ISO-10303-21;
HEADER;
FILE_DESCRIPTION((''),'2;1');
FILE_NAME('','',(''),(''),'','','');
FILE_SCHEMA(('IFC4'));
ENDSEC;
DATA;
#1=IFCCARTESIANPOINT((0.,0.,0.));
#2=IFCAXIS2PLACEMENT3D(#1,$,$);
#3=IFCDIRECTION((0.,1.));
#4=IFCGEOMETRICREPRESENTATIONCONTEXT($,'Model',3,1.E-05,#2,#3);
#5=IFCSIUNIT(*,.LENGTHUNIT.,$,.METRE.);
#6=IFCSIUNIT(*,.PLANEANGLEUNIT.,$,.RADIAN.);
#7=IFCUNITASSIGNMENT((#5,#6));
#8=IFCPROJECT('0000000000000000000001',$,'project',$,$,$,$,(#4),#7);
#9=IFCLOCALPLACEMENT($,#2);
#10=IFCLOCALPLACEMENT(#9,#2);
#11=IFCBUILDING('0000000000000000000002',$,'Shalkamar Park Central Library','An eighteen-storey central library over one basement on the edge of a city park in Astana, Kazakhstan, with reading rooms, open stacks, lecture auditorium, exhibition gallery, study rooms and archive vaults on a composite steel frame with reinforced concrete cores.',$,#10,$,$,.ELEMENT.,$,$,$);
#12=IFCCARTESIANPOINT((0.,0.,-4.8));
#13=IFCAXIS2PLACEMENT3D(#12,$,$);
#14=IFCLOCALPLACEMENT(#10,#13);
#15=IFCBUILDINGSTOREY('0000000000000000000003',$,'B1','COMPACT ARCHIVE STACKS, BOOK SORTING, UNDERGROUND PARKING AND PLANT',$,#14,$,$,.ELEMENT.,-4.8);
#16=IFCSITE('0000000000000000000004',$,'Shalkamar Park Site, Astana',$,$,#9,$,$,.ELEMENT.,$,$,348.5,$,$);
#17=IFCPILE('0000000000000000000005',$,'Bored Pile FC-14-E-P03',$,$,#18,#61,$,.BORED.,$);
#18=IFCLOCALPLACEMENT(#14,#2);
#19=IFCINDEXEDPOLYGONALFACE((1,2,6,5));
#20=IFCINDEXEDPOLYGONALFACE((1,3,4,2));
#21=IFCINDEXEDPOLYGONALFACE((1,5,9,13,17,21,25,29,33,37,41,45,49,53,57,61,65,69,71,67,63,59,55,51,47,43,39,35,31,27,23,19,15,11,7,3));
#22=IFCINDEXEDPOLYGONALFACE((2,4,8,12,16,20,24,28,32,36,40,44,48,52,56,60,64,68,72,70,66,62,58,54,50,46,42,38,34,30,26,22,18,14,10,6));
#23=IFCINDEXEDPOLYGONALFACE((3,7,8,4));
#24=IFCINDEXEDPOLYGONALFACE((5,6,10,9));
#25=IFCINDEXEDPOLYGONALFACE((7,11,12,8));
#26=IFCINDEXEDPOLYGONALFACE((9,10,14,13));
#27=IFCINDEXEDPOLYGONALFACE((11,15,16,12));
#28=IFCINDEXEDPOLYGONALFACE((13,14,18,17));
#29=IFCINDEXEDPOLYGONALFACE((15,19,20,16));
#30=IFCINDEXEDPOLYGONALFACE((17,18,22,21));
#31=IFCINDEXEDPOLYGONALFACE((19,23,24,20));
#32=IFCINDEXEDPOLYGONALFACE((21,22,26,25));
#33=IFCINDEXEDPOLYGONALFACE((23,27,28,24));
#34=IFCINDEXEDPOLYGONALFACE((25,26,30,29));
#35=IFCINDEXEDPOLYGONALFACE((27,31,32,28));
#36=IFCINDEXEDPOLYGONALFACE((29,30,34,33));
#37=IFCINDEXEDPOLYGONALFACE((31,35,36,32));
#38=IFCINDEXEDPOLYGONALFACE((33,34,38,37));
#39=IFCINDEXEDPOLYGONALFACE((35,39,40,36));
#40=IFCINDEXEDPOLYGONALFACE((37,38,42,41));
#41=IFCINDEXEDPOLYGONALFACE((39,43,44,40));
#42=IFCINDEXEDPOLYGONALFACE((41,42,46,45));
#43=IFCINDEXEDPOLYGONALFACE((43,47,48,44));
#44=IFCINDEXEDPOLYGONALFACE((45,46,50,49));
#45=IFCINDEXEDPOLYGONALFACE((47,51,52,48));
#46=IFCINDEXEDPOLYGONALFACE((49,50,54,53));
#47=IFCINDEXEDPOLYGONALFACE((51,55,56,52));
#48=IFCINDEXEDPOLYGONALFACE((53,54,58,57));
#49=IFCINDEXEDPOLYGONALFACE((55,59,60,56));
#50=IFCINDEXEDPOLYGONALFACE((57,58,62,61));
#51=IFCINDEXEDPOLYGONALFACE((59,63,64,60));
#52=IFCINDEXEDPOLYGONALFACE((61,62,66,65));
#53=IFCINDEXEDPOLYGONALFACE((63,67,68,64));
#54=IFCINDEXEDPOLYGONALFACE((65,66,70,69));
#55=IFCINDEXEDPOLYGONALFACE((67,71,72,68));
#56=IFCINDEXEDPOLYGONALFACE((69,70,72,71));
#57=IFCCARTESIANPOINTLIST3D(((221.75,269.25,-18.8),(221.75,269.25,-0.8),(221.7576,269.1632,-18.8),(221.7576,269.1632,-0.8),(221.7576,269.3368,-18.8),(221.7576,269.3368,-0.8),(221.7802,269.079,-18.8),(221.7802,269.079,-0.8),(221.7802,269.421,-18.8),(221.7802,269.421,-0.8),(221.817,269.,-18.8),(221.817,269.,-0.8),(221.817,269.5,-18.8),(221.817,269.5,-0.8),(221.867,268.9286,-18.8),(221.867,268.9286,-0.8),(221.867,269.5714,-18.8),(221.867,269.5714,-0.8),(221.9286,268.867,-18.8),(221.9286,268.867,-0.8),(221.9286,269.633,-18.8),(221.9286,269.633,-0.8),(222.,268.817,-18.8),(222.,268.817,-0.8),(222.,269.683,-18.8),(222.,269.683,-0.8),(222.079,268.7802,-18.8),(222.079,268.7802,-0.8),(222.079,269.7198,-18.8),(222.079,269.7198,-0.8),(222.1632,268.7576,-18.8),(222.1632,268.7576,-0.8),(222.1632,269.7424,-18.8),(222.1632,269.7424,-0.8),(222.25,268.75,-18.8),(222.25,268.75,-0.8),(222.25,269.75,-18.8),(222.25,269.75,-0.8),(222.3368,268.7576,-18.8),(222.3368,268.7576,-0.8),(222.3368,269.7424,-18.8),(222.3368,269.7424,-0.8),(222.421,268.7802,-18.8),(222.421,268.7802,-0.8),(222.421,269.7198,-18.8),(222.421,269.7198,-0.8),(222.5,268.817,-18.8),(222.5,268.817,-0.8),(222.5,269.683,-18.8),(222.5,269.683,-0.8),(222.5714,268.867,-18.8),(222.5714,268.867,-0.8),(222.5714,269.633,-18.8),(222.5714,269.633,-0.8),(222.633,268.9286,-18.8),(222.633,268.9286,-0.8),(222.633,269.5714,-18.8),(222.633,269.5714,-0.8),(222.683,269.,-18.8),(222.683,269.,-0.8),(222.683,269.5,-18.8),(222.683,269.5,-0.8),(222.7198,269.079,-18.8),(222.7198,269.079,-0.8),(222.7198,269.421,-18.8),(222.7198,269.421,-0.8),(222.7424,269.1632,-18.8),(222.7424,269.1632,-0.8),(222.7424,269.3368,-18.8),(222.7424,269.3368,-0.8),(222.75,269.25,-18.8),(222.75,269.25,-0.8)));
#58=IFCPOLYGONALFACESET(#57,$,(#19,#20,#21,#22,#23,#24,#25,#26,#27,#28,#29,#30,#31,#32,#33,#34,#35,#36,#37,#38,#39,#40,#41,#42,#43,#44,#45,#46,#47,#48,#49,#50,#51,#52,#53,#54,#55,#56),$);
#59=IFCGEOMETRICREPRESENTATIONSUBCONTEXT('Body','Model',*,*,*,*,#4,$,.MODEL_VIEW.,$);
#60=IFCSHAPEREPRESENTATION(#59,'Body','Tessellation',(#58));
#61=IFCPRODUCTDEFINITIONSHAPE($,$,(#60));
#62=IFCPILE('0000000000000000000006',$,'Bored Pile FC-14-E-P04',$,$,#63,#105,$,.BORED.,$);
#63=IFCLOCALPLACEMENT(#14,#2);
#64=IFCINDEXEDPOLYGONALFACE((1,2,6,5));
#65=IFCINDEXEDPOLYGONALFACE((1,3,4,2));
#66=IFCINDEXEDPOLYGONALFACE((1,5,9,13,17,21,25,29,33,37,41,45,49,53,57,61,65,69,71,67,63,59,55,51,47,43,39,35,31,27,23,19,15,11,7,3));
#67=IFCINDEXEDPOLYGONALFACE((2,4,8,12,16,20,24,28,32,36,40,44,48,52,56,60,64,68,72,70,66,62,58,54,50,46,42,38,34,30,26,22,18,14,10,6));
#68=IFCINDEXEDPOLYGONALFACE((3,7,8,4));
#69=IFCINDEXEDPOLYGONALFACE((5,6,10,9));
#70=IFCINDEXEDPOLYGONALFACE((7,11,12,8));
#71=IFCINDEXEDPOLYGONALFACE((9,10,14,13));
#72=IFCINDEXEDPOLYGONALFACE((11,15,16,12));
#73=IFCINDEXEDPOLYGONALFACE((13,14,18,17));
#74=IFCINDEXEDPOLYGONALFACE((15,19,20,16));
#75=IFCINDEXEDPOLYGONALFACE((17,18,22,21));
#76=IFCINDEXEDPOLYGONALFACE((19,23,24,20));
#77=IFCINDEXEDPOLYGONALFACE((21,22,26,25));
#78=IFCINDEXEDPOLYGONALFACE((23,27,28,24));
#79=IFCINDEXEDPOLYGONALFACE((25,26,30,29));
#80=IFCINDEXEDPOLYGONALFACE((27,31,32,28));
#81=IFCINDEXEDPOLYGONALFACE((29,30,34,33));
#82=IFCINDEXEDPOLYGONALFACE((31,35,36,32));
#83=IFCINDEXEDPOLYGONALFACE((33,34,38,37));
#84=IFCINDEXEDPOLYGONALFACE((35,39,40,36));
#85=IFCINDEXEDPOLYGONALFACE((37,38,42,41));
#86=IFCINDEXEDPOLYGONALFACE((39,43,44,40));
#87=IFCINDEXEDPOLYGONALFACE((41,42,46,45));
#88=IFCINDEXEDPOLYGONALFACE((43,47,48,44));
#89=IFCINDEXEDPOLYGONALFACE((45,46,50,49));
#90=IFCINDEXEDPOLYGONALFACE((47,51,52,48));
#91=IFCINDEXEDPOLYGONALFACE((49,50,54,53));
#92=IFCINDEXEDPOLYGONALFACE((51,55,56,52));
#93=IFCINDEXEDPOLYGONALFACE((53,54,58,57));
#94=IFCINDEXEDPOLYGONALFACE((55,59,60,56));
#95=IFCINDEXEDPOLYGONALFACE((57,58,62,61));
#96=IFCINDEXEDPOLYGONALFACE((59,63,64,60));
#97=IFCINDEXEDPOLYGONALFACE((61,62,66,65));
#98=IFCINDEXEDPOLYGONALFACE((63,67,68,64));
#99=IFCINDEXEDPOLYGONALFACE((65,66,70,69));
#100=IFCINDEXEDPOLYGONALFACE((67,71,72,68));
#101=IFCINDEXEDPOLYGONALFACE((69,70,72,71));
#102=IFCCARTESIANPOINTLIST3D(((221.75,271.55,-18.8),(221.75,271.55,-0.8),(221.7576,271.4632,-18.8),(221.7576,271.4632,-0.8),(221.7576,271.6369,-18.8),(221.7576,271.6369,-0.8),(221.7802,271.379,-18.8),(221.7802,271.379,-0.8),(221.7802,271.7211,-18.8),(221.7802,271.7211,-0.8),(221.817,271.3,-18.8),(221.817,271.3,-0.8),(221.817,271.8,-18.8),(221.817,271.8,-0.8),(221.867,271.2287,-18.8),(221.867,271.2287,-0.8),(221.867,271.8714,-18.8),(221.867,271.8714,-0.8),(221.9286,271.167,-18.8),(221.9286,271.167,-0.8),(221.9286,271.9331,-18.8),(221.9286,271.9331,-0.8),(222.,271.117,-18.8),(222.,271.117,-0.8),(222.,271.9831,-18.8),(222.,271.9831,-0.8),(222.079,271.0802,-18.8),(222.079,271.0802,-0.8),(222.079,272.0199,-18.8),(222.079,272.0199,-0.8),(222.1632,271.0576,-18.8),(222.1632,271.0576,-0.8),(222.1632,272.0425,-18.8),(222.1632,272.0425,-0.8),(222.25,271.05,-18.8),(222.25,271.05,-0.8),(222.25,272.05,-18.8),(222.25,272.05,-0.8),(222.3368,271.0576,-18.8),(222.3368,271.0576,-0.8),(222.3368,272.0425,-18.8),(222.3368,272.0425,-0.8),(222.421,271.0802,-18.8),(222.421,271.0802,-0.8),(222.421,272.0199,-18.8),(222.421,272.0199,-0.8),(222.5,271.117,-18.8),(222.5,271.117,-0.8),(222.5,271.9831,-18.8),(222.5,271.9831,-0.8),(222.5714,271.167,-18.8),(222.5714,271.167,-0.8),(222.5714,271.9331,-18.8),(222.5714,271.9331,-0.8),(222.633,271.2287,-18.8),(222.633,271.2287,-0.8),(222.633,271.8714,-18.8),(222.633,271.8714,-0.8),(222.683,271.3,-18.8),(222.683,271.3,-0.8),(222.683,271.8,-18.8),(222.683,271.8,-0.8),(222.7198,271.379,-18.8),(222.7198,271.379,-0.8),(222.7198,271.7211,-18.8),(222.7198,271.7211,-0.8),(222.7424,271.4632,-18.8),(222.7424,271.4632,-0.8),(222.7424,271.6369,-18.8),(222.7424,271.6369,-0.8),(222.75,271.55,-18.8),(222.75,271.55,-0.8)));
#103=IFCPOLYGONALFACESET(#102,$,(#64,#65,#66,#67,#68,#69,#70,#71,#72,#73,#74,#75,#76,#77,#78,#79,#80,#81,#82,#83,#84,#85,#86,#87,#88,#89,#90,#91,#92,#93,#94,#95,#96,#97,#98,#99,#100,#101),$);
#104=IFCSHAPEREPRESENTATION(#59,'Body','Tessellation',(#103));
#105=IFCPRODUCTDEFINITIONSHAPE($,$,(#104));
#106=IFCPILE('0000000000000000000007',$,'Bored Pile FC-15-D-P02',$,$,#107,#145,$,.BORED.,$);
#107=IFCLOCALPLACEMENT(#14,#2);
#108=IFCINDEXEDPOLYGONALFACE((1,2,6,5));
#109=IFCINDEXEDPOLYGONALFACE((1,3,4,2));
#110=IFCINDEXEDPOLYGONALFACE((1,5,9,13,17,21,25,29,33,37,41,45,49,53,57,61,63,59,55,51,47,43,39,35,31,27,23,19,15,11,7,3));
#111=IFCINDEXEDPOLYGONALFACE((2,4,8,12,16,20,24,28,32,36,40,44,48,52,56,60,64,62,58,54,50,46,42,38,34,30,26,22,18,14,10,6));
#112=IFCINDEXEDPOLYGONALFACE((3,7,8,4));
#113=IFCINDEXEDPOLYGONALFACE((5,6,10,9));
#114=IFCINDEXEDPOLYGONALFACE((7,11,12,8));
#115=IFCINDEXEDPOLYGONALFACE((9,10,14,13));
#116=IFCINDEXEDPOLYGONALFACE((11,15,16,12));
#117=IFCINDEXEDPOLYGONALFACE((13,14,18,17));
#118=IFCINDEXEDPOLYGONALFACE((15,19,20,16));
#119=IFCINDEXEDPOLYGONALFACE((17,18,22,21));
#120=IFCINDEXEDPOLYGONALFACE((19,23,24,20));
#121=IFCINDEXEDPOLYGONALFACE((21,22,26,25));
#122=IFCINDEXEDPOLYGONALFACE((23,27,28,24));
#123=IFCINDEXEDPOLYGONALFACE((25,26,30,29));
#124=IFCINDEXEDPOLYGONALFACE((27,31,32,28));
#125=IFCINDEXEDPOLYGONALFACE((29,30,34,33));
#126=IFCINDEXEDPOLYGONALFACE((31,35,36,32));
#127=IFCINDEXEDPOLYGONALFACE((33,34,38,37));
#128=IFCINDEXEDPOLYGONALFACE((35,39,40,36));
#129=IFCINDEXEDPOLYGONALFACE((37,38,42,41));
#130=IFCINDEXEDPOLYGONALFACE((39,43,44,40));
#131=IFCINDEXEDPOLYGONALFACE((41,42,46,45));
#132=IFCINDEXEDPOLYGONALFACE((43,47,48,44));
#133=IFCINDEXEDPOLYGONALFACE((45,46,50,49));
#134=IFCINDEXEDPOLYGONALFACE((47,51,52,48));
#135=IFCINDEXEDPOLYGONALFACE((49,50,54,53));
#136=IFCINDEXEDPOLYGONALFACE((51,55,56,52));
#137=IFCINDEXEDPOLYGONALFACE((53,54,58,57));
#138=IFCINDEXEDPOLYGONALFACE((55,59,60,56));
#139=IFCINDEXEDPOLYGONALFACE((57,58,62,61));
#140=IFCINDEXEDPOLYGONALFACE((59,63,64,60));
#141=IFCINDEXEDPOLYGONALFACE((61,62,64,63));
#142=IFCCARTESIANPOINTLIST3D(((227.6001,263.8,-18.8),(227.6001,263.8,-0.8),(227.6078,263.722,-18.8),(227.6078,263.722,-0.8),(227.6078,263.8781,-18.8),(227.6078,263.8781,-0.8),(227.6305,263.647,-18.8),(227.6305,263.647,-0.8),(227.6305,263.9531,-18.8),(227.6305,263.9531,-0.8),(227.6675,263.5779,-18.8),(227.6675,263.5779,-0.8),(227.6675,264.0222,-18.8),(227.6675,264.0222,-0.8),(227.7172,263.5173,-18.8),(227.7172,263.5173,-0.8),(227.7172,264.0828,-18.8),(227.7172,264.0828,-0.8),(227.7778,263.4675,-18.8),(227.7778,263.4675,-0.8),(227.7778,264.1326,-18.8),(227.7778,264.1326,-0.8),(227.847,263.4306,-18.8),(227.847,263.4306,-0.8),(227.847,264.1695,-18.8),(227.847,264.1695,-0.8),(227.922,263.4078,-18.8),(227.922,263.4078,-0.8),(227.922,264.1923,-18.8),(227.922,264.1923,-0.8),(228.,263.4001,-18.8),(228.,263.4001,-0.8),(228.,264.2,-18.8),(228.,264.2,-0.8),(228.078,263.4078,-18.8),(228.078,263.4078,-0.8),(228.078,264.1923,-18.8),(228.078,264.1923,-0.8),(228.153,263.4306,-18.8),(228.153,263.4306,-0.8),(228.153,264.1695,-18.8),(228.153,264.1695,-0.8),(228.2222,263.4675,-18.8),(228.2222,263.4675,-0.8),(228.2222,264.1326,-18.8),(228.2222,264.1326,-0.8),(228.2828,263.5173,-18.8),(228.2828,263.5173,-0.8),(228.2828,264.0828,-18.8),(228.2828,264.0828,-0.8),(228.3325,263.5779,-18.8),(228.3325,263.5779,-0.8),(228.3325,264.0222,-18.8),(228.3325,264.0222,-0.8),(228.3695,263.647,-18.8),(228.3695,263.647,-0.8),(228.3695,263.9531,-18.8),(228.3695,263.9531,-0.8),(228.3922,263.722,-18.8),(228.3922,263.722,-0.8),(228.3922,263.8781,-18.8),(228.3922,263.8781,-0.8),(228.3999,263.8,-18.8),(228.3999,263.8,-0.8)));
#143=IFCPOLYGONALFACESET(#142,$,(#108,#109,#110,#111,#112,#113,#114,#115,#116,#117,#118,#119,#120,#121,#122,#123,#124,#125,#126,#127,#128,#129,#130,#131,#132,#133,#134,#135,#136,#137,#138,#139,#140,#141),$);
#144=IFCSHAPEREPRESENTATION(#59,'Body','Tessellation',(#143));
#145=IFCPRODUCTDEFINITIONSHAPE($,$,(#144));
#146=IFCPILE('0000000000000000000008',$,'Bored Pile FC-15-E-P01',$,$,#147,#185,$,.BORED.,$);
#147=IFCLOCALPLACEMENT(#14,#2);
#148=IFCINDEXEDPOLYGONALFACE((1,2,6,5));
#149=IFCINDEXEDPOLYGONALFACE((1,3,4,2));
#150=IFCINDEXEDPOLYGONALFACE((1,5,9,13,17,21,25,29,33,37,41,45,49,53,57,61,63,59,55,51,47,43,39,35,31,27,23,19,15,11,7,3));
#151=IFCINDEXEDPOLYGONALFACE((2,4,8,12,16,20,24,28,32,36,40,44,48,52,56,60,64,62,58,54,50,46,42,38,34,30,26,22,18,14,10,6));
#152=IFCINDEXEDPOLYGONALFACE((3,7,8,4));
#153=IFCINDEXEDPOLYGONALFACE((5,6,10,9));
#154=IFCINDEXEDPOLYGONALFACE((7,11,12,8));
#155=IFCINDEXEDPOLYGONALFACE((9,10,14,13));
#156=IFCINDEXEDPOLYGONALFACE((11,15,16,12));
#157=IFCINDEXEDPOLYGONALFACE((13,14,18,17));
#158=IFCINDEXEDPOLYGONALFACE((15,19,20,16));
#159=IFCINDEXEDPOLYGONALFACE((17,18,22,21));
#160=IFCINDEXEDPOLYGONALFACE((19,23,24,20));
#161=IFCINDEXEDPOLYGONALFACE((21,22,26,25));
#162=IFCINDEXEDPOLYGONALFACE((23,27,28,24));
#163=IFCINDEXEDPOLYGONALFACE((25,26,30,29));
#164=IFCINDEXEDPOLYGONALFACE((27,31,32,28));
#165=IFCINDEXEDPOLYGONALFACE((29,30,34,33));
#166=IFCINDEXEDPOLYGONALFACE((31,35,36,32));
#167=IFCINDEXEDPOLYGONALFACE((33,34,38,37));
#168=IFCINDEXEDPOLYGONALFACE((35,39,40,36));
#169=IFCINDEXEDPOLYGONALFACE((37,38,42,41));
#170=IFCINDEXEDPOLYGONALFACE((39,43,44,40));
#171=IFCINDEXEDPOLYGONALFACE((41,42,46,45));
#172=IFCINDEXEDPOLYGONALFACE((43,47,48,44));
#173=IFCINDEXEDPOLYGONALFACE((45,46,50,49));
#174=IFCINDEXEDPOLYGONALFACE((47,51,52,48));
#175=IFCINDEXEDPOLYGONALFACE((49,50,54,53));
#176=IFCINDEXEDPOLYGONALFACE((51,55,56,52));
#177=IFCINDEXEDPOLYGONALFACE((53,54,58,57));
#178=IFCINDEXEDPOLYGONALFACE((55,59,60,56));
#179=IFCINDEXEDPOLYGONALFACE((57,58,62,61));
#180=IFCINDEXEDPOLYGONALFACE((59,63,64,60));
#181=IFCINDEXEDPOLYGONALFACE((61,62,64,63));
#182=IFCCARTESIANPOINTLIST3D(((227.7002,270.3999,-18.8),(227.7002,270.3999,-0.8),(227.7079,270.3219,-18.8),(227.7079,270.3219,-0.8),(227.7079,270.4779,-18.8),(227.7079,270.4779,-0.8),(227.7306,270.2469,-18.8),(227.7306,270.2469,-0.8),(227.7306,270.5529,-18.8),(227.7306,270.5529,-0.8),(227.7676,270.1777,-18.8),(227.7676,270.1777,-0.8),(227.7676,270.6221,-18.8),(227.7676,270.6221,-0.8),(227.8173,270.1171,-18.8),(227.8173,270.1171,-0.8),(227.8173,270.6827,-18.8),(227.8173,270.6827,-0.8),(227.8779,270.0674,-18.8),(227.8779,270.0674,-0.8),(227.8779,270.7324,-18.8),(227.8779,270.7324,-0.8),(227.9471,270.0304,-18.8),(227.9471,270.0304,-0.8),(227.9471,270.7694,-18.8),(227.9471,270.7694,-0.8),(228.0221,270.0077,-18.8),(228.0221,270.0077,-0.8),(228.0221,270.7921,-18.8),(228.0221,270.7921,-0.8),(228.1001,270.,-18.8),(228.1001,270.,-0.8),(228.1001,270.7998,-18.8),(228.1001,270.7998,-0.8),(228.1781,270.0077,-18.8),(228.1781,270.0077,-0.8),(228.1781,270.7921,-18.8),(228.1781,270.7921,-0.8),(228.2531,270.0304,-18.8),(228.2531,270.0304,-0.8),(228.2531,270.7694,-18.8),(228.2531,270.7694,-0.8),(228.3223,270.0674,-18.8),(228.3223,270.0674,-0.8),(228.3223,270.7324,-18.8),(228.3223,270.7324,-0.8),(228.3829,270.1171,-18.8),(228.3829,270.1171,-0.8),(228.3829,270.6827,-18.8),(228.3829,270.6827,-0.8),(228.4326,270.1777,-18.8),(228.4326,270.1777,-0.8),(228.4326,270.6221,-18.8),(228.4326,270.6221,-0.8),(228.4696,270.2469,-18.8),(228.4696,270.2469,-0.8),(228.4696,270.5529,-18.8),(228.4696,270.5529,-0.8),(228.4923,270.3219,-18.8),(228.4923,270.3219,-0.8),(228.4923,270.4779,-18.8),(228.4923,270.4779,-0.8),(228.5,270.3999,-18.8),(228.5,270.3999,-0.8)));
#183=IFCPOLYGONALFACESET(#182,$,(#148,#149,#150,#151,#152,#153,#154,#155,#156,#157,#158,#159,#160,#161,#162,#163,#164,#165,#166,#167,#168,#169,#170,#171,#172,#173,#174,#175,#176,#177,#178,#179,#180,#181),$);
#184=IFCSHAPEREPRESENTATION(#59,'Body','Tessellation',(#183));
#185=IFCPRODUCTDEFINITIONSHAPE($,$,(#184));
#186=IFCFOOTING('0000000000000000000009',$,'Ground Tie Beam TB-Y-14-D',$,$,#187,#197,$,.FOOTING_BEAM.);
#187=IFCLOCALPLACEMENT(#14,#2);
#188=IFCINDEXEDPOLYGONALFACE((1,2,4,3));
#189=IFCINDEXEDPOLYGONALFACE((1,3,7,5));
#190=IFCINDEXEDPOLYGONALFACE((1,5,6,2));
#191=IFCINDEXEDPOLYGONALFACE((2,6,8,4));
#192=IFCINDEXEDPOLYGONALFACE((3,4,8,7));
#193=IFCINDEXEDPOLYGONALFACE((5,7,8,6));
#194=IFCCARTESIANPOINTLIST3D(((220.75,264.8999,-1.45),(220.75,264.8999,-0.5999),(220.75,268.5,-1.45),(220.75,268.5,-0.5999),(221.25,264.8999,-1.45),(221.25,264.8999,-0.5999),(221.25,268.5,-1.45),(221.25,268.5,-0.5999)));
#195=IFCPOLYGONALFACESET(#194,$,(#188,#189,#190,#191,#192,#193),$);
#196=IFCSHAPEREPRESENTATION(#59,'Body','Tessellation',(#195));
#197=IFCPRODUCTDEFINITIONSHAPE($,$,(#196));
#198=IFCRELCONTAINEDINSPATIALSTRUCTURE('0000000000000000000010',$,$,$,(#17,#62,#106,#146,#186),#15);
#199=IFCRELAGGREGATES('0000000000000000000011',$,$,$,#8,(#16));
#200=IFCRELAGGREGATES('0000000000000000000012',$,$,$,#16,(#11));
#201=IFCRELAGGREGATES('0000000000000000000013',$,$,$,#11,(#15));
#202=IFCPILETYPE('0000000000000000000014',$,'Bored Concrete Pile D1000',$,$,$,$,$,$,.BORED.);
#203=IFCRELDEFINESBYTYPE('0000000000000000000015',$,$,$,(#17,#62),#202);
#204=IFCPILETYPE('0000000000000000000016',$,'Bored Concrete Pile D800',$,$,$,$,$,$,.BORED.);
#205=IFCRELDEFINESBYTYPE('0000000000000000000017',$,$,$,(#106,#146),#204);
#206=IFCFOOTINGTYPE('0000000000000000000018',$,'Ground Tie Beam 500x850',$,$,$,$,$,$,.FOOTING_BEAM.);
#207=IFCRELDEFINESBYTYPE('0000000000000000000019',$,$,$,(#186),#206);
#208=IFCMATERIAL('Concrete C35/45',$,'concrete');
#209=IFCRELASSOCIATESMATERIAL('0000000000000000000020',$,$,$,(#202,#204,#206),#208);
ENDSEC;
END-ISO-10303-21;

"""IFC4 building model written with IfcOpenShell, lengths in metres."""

from ifc_helpers import new_model, si_unit, direction, frame, origin, origin_2d, place, context, subcontext, project, spatial, rectangle, circle, extrude, material, material_profile, profile_set, type_object, element, save


model = new_model("IFC4")

# Units and contexts
model_context = context("Model", 3, precision=1e-05, world=origin(), true_north=direction((0.0, 1.0)))
body_context = subcontext(model_context, "Body", "Model", "MODEL_VIEW")
ifc_project = project(units=[si_unit("LENGTHUNIT", "METRE"), si_unit("PLANEANGLEUNIT", "RADIAN")], contexts=[model_context])

# Site, building, storey
site_placement = place(None, origin())
site = spatial("IfcSite", under=ifc_project, at=site_placement, Name="Shalkamar Park Site, Astana", CompositionType="ELEMENT", RefElevation=348.5)
building_placement = place(site_placement, origin())
building = spatial("IfcBuilding", under=site, at=building_placement, Name="Shalkamar Park Central Library", Description="An eighteen-storey central library over one basement on the edge of a city park in Astana, Kazakhstan, with reading rooms, open stacks, lecture auditorium, exhibition gallery, study rooms and archive vaults on a composite steel frame with reinforced concrete cores.", CompositionType="ELEMENT")
storey_placement = place(building_placement, frame((0.0, 0.0, -4.8)))
storey = spatial("IfcBuildingStorey", under=building, at=storey_placement, Name="B1", Description="COMPACT ARCHIVE STACKS, BOOK SORTING, UNDERGROUND PARKING AND PLANT", CompositionType="ELEMENT", Elevation=-4.8)

# Piles
ifc_material_1 = material(Name="Concrete C35/45", Category="concrete")
ifc_material_profile_1 = material_profile(ifc_material_1, circle(Radius=0.5, at=origin_2d()), Name="PILE D1000")
ifc_profile_set_1 = profile_set([ifc_material_profile_1], Name="Concrete C35/45")
pile_type_1 = type_object("IfcPileType", Name="Bored Concrete Pile D1000", PredefinedType="BORED", material=ifc_profile_set_1)
for number, where, z_axis, x_axis, name in (
    (1, (222.25, 269.25, -0.8), (0.0, 0.0, -1.0), (1.0, 0.0, 0.0), "Bored Pile FC-14-E-P03"),
    (2, (222.25, 271.55, -0.8), (0.0, 0.0, -1.0), (1.0, 0.0, 0.0), "Bored Pile FC-14-E-P04"),
):
    element("IfcPile", number, at=place(storey_placement, frame(where, z_axis=z_axis, x_axis=x_axis)), inside=storey, type_object=pile_type_1, Name=name, PredefinedType="BORED", context=body_context, shape_type="SweptSolid", body=[
        extrude(circle(Radius=0.5, at=origin_2d()), origin(), (0.0, 0.0, 1.0), 18.0),
    ])
ifc_material_profile_2 = material_profile(ifc_material_1, circle(Radius=0.3999, at=origin_2d()), Name="PILE D800")
ifc_profile_set_2 = profile_set([ifc_material_profile_2], Name="Concrete C35/45")
pile_type_2 = type_object("IfcPileType", Name="Bored Concrete Pile D800", PredefinedType="BORED", material=ifc_profile_set_2)
for number, where, z_axis, x_axis, name in (
    (3, (228.0, 263.8, -0.8), (0.0, 0.0, -1.0), (1.0, 0.0, 0.0), "Bored Pile FC-15-D-P02"),
    (4, (228.1001, 270.3999, -0.8), (0.0, 0.0, -1.0), (1.0, 0.0, 0.0), "Bored Pile FC-15-E-P01"),
):
    element("IfcPile", number, at=place(storey_placement, frame(where, z_axis=z_axis, x_axis=x_axis)), inside=storey, type_object=pile_type_2, Name=name, PredefinedType="BORED", context=body_context, shape_type="SweptSolid", body=[
        extrude(circle(Radius=0.3999, at=origin_2d()), origin(), (0.0, 0.0, 1.0), 18.0),
    ])

# Footing
footing_type_1 = type_object("IfcFootingType", Name="Ground Tie Beam 500x850", PredefinedType="FOOTING_BEAM", material=ifc_material_1)
footing_1_placement = place(storey_placement, frame((221.0, 266.7, -1.45), z_axis=(0.0, 0.0, 1.0), x_axis=(0.0, 1.0, 0.0)))
element("IfcFooting", 5, at=footing_1_placement, inside=storey, type_object=footing_type_1, Name="Ground Tie Beam TB-Y-14-D", PredefinedType="FOOTING_BEAM", context=body_context, shape_type="SweptSolid", body=[
    extrude(rectangle(XDim=3.6001, YDim=0.5, at=origin_2d()), origin(), (0.0, 0.0, 1.0), 0.8501),
])

save(model, "model.ifc")
